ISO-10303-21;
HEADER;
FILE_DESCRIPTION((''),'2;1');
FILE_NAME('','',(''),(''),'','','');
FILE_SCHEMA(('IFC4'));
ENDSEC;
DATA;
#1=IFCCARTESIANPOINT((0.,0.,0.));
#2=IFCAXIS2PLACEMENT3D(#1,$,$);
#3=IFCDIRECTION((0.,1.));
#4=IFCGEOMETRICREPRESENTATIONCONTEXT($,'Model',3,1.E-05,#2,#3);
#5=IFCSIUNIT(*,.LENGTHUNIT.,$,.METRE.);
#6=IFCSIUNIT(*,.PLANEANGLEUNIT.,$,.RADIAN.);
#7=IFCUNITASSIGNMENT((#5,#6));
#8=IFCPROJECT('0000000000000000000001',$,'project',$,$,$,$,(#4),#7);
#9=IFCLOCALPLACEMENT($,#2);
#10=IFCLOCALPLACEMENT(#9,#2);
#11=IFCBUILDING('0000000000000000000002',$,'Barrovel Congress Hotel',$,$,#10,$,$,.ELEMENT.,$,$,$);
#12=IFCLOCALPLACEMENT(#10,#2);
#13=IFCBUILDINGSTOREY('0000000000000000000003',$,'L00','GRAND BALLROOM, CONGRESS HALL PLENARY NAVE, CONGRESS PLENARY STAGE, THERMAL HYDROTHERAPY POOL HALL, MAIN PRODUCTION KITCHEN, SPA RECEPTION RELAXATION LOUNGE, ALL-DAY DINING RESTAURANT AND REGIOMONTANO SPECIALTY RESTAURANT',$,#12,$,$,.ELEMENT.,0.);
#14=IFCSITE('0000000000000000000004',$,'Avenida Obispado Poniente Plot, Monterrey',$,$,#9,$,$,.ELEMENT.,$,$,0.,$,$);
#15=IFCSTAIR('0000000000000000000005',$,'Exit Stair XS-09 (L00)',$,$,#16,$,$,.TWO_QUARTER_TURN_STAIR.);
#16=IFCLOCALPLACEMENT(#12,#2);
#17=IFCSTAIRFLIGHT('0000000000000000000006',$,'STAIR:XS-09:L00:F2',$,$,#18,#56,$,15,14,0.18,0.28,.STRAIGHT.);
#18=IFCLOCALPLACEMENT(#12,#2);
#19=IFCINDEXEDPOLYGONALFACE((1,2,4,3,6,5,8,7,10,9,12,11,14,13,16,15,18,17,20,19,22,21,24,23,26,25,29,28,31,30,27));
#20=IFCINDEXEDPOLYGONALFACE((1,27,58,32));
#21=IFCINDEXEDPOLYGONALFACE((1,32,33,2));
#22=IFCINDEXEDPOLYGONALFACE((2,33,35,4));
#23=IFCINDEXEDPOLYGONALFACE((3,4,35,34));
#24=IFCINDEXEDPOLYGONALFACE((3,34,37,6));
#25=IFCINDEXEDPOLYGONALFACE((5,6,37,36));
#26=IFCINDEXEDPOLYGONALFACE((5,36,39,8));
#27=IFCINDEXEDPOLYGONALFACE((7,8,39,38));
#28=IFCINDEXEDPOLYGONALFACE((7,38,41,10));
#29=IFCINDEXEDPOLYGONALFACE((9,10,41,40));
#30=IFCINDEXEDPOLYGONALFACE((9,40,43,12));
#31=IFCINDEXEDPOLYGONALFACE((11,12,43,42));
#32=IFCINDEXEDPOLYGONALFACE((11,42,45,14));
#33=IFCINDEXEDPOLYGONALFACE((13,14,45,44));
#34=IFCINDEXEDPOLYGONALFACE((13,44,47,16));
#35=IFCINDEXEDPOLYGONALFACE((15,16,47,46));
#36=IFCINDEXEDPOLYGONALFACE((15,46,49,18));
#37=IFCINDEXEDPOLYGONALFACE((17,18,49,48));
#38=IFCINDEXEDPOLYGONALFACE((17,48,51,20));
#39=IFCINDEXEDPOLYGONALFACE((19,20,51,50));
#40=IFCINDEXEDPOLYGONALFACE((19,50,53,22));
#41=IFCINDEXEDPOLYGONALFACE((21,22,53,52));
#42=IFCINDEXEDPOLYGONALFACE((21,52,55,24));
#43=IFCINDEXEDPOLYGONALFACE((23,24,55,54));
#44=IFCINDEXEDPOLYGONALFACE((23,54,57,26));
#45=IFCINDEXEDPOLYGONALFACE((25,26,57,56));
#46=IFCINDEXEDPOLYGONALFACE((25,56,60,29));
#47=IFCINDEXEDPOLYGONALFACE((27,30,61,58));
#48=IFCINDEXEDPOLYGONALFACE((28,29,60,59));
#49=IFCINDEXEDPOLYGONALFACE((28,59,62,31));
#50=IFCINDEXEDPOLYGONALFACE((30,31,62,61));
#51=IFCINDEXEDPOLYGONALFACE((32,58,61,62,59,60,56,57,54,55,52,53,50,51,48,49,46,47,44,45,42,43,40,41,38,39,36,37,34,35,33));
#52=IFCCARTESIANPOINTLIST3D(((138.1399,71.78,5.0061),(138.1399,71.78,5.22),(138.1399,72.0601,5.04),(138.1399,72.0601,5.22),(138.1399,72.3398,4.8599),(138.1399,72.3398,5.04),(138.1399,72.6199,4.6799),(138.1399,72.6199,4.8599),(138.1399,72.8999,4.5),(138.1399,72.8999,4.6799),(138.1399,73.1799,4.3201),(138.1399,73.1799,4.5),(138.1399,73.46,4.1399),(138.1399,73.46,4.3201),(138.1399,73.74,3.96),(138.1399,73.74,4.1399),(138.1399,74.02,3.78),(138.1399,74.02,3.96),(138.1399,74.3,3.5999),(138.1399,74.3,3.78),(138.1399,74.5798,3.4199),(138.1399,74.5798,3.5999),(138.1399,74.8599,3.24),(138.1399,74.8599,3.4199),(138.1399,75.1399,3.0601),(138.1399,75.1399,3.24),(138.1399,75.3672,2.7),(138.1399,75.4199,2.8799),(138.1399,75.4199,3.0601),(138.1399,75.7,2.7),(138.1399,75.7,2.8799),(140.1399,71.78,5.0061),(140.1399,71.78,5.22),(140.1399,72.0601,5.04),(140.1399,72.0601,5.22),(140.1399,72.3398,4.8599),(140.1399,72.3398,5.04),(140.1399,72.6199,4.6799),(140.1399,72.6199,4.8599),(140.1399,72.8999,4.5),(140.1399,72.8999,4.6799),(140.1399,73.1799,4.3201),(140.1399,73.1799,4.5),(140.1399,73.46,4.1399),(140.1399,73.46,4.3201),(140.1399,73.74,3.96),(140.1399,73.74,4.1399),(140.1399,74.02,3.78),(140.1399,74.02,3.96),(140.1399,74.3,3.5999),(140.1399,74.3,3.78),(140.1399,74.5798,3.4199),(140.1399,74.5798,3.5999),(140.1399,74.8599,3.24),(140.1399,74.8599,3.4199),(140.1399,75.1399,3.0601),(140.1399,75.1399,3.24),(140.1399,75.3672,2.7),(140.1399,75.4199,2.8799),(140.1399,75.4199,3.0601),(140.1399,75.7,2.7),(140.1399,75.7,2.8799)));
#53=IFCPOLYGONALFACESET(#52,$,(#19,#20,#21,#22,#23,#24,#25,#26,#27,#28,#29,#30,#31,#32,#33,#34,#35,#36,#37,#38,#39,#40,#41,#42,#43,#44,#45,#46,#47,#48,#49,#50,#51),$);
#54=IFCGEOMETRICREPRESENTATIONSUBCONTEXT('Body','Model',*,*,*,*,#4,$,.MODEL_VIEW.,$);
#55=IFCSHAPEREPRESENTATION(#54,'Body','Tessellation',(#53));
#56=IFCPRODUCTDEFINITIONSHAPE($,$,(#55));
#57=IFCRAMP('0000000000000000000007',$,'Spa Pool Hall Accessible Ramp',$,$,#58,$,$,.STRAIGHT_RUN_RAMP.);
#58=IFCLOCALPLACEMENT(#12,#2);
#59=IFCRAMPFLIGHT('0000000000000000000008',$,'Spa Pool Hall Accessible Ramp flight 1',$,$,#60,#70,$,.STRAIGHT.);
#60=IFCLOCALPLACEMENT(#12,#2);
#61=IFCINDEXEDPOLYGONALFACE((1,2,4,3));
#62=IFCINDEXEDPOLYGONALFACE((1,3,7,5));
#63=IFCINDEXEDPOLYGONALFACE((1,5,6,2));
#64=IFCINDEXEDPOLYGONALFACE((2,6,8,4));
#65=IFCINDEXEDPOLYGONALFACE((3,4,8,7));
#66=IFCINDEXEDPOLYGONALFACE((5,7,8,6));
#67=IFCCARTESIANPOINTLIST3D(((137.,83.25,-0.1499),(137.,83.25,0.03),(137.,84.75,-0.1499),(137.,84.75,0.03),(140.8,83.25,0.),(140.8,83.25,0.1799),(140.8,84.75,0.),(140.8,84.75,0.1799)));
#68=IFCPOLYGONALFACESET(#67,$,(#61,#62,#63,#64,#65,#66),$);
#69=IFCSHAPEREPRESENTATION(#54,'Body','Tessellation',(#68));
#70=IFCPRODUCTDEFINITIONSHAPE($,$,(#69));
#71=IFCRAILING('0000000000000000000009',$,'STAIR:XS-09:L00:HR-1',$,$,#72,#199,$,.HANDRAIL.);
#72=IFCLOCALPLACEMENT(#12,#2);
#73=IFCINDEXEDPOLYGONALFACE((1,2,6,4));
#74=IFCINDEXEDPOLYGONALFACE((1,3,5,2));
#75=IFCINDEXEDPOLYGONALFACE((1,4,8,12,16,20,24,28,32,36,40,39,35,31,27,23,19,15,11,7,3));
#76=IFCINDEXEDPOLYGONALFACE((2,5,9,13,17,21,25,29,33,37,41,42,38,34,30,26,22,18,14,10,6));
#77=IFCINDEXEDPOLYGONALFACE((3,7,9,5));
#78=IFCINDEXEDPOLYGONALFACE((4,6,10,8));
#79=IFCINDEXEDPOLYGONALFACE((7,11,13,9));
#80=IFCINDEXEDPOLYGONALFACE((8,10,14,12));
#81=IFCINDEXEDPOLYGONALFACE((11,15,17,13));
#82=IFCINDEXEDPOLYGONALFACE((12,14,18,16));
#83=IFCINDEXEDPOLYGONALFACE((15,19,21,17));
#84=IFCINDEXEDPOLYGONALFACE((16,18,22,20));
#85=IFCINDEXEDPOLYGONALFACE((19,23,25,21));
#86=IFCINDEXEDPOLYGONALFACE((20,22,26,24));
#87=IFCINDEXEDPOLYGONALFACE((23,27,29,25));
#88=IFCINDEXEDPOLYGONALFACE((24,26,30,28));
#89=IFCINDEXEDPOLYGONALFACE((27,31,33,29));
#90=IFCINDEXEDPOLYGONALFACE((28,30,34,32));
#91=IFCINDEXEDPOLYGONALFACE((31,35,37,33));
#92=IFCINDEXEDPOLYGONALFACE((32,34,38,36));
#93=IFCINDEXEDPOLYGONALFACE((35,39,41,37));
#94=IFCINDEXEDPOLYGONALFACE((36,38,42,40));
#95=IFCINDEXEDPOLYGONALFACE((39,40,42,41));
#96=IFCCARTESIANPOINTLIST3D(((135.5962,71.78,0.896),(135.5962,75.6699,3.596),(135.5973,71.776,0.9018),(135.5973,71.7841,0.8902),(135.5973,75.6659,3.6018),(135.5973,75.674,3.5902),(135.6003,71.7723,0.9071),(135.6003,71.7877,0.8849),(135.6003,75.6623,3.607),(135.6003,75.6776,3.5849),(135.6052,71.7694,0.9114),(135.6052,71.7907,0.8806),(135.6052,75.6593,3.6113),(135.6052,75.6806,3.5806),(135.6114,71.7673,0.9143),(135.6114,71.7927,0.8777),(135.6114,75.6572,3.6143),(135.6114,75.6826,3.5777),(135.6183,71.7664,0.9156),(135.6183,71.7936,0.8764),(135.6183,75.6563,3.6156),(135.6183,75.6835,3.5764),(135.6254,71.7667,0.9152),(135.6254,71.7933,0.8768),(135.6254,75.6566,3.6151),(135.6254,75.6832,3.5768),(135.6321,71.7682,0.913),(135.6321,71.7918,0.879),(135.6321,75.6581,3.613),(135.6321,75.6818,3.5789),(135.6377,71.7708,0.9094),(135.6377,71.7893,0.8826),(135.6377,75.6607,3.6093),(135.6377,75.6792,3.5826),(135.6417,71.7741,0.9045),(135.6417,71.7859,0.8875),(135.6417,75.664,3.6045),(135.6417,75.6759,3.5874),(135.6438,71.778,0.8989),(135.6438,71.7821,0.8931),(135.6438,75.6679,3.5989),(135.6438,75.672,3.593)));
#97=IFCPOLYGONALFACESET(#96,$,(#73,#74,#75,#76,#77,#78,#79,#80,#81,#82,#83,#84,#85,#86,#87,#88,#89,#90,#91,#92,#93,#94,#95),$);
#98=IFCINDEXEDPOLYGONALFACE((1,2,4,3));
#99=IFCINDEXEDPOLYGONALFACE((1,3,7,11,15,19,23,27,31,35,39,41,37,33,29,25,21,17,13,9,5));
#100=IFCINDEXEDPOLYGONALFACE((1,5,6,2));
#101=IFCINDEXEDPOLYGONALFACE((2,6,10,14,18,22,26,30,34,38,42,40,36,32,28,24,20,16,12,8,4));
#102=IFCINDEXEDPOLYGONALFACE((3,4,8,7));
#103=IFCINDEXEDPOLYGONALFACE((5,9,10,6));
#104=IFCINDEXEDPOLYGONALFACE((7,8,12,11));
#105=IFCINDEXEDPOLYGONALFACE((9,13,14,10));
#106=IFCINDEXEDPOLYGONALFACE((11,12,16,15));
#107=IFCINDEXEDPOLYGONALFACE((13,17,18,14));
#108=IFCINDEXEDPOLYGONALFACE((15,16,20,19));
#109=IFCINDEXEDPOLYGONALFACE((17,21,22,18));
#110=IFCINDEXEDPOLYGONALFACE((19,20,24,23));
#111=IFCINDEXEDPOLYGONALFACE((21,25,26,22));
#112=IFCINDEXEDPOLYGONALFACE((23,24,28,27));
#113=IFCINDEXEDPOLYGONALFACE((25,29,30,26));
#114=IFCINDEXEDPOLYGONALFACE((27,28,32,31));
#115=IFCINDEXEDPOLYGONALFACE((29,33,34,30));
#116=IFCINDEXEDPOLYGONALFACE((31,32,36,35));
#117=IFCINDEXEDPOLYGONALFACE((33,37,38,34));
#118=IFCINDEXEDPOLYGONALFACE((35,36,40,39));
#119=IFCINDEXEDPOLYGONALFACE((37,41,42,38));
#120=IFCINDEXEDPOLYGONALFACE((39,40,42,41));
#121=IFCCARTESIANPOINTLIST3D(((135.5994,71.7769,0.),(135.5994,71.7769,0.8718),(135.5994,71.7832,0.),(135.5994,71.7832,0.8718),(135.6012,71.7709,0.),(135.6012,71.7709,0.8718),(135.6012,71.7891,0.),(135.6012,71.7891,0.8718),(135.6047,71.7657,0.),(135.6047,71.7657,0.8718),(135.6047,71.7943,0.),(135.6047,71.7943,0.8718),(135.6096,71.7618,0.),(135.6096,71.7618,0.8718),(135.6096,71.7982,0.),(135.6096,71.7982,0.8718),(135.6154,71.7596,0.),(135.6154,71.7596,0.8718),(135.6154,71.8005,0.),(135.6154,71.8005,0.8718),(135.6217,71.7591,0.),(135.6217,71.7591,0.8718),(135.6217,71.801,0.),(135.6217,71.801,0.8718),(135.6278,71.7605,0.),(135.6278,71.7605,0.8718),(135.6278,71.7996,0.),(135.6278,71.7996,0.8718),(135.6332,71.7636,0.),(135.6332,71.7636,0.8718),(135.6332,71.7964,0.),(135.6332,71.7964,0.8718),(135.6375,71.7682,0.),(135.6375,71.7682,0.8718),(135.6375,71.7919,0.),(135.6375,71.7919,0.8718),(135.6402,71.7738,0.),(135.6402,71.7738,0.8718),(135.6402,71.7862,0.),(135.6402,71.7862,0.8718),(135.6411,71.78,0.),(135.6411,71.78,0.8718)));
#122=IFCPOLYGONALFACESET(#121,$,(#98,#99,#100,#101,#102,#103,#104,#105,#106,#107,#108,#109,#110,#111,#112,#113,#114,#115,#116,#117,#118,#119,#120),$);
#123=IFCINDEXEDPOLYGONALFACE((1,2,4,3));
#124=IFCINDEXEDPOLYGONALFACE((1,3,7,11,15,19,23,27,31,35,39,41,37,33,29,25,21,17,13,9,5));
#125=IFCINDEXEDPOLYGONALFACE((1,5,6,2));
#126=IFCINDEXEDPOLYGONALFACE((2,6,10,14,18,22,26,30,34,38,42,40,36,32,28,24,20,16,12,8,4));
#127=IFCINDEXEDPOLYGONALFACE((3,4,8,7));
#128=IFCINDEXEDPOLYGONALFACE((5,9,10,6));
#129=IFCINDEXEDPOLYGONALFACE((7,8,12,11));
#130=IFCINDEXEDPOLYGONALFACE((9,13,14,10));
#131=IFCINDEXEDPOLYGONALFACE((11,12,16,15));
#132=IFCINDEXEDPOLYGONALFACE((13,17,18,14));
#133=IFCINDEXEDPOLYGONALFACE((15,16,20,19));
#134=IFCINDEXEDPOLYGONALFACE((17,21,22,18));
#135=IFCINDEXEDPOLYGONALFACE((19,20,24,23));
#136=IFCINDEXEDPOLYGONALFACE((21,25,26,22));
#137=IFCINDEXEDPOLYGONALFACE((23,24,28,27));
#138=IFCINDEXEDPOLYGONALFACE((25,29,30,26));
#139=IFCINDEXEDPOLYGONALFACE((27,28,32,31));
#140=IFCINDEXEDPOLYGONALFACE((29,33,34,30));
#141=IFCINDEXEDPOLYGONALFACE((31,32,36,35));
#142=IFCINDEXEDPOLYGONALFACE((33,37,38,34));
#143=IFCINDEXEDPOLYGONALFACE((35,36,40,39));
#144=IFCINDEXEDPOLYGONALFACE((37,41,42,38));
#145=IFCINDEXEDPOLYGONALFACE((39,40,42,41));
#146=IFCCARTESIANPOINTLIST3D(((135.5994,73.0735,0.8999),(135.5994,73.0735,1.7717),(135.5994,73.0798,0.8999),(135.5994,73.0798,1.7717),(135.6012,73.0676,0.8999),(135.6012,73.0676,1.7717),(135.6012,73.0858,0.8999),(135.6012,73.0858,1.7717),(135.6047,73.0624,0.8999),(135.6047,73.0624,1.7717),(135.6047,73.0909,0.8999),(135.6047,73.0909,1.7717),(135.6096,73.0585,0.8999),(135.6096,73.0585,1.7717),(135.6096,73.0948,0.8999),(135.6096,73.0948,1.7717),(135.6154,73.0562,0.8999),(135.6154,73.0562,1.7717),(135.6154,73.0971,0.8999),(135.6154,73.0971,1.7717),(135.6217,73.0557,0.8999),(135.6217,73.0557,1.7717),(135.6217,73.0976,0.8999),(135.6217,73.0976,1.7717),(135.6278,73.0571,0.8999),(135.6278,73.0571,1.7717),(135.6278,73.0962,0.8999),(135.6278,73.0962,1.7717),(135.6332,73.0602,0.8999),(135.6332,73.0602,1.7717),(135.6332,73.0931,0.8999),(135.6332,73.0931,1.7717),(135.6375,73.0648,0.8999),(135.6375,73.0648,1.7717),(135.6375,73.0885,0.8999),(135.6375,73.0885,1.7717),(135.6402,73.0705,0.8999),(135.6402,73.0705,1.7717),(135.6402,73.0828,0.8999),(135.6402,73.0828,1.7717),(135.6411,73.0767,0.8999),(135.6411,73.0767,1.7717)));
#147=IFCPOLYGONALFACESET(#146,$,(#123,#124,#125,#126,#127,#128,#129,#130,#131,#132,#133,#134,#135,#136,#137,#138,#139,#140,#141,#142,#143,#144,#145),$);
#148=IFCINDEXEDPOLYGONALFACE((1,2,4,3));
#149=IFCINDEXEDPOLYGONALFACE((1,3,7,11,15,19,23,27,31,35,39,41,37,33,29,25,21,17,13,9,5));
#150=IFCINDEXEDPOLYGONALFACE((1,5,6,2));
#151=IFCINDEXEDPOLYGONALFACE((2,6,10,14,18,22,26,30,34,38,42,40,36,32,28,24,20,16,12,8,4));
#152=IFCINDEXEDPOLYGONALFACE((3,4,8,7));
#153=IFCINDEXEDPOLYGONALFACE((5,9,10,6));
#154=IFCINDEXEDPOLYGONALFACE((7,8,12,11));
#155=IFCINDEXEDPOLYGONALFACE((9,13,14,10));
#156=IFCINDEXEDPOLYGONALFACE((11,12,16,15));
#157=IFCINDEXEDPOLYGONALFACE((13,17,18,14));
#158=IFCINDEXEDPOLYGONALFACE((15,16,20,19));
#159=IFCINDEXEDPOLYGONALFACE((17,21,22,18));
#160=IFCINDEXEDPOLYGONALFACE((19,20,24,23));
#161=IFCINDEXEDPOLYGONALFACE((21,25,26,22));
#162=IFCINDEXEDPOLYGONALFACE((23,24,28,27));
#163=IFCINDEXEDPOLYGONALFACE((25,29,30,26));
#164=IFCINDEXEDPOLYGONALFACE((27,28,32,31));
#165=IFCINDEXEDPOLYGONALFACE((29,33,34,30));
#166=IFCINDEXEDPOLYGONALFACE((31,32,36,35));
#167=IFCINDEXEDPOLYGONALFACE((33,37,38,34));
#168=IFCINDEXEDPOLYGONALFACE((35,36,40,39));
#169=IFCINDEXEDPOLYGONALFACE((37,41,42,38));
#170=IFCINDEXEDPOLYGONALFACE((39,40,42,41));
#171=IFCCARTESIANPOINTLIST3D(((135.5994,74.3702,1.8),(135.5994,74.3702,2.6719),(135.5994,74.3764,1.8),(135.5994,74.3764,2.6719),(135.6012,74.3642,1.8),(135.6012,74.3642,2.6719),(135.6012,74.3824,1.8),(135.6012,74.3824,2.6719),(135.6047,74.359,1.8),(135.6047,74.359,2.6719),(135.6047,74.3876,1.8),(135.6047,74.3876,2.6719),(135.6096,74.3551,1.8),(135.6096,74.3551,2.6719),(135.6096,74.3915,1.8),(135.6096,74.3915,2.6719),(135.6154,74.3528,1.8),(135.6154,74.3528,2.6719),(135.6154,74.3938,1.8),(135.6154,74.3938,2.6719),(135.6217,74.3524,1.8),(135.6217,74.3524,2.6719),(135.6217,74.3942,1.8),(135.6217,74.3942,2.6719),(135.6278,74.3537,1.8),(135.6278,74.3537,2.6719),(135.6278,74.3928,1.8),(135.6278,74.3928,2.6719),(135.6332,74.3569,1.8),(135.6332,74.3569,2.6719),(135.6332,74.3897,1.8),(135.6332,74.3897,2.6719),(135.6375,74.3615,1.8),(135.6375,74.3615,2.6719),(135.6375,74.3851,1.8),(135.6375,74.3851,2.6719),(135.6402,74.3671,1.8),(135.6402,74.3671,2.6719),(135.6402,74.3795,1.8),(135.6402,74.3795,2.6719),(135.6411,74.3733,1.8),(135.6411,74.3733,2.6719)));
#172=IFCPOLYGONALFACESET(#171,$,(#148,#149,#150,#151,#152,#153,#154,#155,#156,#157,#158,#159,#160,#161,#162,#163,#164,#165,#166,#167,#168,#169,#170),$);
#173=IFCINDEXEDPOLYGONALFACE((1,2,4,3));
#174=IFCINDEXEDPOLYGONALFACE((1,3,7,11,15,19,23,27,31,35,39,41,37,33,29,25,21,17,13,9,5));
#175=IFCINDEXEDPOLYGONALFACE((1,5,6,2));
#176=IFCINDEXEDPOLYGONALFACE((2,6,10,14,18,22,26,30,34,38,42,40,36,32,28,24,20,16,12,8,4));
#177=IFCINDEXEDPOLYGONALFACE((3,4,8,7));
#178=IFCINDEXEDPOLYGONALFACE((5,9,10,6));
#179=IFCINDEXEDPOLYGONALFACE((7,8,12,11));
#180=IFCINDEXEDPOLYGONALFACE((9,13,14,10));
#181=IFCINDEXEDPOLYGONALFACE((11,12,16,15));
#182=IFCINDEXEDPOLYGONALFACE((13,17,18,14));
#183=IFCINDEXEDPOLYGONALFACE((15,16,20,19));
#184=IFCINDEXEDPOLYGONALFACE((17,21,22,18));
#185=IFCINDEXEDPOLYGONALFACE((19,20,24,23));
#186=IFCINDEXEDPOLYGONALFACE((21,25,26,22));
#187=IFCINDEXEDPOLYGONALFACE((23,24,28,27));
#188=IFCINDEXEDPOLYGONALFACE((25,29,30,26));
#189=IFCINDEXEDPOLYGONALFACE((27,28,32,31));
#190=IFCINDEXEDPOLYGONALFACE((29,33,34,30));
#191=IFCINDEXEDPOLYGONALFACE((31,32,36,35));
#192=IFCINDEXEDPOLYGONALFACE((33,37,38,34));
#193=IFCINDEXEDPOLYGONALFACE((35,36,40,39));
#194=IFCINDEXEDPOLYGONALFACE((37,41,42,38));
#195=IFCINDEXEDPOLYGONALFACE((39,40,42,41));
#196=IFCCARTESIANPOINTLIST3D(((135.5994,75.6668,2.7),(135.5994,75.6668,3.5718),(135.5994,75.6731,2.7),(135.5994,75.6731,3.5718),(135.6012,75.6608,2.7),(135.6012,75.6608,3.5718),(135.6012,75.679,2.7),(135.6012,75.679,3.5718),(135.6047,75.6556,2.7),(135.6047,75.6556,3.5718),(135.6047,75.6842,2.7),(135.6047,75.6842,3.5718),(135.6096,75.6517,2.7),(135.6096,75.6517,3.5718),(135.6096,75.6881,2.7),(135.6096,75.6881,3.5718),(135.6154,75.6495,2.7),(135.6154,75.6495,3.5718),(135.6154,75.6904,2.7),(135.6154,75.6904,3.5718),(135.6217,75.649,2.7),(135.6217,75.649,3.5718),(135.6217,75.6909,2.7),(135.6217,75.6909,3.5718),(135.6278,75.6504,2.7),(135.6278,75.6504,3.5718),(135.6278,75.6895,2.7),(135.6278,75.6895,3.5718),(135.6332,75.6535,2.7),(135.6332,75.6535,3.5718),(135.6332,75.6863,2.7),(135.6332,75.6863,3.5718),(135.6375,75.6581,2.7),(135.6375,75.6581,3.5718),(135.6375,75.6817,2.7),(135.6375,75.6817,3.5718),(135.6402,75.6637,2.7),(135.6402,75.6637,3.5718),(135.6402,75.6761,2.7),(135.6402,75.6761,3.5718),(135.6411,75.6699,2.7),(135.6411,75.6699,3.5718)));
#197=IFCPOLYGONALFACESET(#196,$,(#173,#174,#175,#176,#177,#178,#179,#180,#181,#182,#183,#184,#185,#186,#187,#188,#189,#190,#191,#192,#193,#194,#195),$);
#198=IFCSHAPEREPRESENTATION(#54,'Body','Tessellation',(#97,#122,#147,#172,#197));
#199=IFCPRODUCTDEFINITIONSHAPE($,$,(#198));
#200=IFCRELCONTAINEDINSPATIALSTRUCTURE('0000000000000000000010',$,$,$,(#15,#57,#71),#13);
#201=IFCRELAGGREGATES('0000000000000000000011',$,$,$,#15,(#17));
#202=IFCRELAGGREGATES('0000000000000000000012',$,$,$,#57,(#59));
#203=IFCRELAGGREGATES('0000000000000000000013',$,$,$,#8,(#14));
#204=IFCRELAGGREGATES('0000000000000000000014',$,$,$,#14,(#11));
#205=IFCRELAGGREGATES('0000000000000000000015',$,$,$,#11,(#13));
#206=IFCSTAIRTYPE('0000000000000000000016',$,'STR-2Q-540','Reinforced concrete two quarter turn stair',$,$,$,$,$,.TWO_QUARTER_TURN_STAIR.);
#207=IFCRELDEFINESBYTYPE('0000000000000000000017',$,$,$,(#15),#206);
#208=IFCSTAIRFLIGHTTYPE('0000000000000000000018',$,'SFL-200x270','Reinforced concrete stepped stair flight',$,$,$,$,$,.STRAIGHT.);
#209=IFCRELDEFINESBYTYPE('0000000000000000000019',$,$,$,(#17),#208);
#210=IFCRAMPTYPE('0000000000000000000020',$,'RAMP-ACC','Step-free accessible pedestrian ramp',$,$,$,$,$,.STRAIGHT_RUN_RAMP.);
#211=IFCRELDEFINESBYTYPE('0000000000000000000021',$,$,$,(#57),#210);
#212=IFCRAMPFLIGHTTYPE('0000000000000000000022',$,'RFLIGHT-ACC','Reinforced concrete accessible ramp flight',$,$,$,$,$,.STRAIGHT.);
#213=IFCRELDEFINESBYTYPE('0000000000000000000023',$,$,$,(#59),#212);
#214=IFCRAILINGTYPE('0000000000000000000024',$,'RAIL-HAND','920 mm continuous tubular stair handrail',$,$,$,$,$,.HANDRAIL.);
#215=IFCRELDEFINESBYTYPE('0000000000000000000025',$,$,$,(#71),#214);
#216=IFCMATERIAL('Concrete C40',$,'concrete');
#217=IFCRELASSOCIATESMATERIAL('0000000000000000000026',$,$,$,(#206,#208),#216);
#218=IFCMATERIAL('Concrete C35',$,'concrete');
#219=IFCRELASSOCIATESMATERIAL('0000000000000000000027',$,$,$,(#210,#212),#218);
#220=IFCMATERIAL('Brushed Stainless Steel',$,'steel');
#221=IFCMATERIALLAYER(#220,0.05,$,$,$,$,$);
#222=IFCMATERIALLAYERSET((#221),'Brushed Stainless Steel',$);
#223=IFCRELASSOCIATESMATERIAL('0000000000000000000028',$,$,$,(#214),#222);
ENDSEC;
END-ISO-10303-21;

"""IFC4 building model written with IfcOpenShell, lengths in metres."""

from ifc_helpers import new_model, si_unit, direction, frame, origin, origin_2d, place, context, subcontext, project, spatial, polyline, circle, outline, extrude, material, layer, layer_set, type_object, element, aggregate, save


model = new_model("IFC4")

# Units and contexts
model_context = context("Model", 3, precision=1e-05, world=origin(), true_north=direction((0.0, 1.0)))
body_context = subcontext(model_context, "Body", "Model", "MODEL_VIEW")
ifc_project = project(units=[si_unit("LENGTHUNIT", "METRE"), si_unit("PLANEANGLEUNIT", "RADIAN")], contexts=[model_context])

# Site, building, storey
site_placement = place(None, origin())
site = spatial("IfcSite", under=ifc_project, at=site_placement, Name="Avenida Obispado Poniente Plot, Monterrey", CompositionType="ELEMENT", RefElevation=0.0)
building_placement = place(site_placement, origin())
building = spatial("IfcBuilding", under=site, at=building_placement, Name="Barrovel Congress Hotel", CompositionType="ELEMENT")
storey_placement = place(building_placement, origin())
storey = spatial("IfcBuildingStorey", under=building, at=storey_placement, Name="L00", Description="GRAND BALLROOM, CONGRESS HALL PLENARY NAVE, CONGRESS PLENARY STAGE, THERMAL HYDROTHERAPY POOL HALL, MAIN PRODUCTION KITCHEN, SPA RECEPTION RELAXATION LOUNGE, ALL-DAY DINING RESTAURANT AND REGIOMONTANO SPECIALTY RESTAURANT", CompositionType="ELEMENT", Elevation=0.0)

# Shared definitions
ifc_material_1 = material(Name="Concrete C40", Category="concrete")

# Shared definitions
ifc_material_2 = material(Name="Concrete C35", Category="concrete")

# Stair, stair flight
stair_type = type_object("IfcStairType", Name="STR-2Q-540", Description="Reinforced concrete two quarter turn stair", PredefinedType="TWO_QUARTER_TURN_STAIR", material=ifc_material_1)
stair_placement = place(storey_placement, origin())
stair = element("IfcStair", 1, at=stair_placement, inside=storey, type_object=stair_type, Name="Exit Stair XS-09 (L00)", PredefinedType="TWO_QUARTER_TURN_STAIR")
stair_flight_type = type_object("IfcStairFlightType", Name="SFL-200x270", Description="Reinforced concrete stepped stair flight", PredefinedType="STRAIGHT", material=ifc_material_1)
stair_flight_1_placement = place(storey_placement, frame((139.1399, 75.7, 2.7), z_axis=(0.0, 0.0, 1.0), x_axis=(0.0, -1.0, 0.0)))
stair_flight_1 = element("IfcStairFlight", 2, at=stair_flight_1_placement, type_object=stair_flight_type, Name="STAIR:XS-09:L00:F2", NumberOfRisers=15, NumberOfTreads=14, PredefinedType="STRAIGHT", RiserHeight=0.18, TreadLength=0.28, context=body_context, shape_type="SweptSolid", body=[
    extrude(outline(polyline([(0.0, 0.0), (0.0, 0.1799), (0.28, 0.1799), (0.28, 0.3601), (0.5601, 0.3601), (0.5601, 0.54), (0.8401, 0.54), (0.8401, 0.72), (1.1201, 0.72), (1.1201, 0.8999), (1.3999, 0.8999), (1.3999, 1.0801), (1.6799, 1.0801), (1.6799, 1.26), (1.96, 1.26), (1.96, 1.4399), (2.24, 1.4399), (2.24, 1.6201), (2.52, 1.6201), (2.52, 1.8), (2.8, 1.8), (2.8, 1.98), (3.0801, 1.98), (3.0801, 2.1599), (3.3601, 2.1599), (3.3601, 2.3401), (3.6399, 2.3401), (3.6399, 2.52), (3.9199, 2.52), (3.9199, 2.7), (3.9199, 2.3062), (0.3328, 0.0), (0.0, 0.0)])), frame((0.0, 1.0, 0.0), z_axis=(0.0, -1.0, 0.0), x_axis=(1.0, 0.0, 0.0)), (0.0, 0.0, 1.0), 2.0),
])
aggregate(stair, [stair_flight_1])

# Ramp, ramp flight
ramp_type = type_object("IfcRampType", Name="RAMP-ACC", Description="Step-free accessible pedestrian ramp", PredefinedType="STRAIGHT_RUN_RAMP", material=ifc_material_2)
ramp_placement = place(storey_placement, origin())
ramp = element("IfcRamp", 3, at=ramp_placement, inside=storey, type_object=ramp_type, Name="Spa Pool Hall Accessible Ramp", PredefinedType="STRAIGHT_RUN_RAMP")
ramp_flight_type = type_object("IfcRampFlightType", Name="RFLIGHT-ACC", Description="Reinforced concrete accessible ramp flight", PredefinedType="STRAIGHT", material=ifc_material_2)
ramp_flight_placement = place(storey_placement, frame((137.0, 84.0, -0.1499), z_axis=(0.0, 0.0, 1.0), x_axis=(1.0, 0.0, 0.0)))
ramp_flight = element("IfcRampFlight", 4, at=ramp_flight_placement, type_object=ramp_flight_type, Name="Spa Pool Hall Accessible Ramp flight 1", PredefinedType="STRAIGHT", context=body_context, shape_type="SweptSolid", body=[
    extrude(outline(polyline([(0.0, 0.0), (0.0, 0.1799), (3.8, 0.3298), (3.8, 0.1499), (0.0, 0.0)])), frame((0.0, 0.75, 0.0), z_axis=(0.0, -1.0, 0.0), x_axis=(1.0, 0.0, 0.0)), (0.0, 0.0, 1.0), 1.5),
])
aggregate(ramp, [ramp_flight])

# Railing
ifc_material_3 = material(Name="Brushed Stainless Steel", Category="steel")
ifc_layer_1 = layer(ifc_material_3, 0.05)
ifc_layer_set_1 = layer_set([ifc_layer_1], Name="Brushed Stainless Steel")
railing_type_1 = type_object("IfcRailingType", Name="RAIL-HAND", Description="920 mm continuous tubular stair handrail", PredefinedType="HANDRAIL", material=ifc_layer_set_1)
railing_1_placement = place(storey_placement, frame((135.6201, 71.78, 0.0)))
element("IfcRailing", 5, at=railing_1_placement, inside=storey, type_object=railing_type_1, Name="STAIR:XS-09:L00:HR-1", PredefinedType="HANDRAIL", context=body_context, shape_type="SweptSolid", body=[
    extrude(circle(Radius=0.0239, at=origin_2d()), frame((0.0, 0.0, 0.896), z_axis=(0.0, 0.821505, 0.570202), x_axis=(-1.0, 0.0, 0.0)), (0.0, 0.0, 1.0), 4.7351),
    extrude(circle(Radius=0.021, at=origin_2d()), origin(), (0.0, 0.0, 1.0), 0.8718),
    extrude(circle(Radius=0.021, at=origin_2d()), frame((0.0, 1.2966, 0.8999)), (0.0, 0.0, 1.0), 0.8718),
    extrude(circle(Radius=0.021, at=origin_2d()), frame((0.0, 2.5933, 1.8)), (0.0, 0.0, 1.0), 0.8718),
    extrude(circle(Radius=0.021, at=origin_2d()), frame((0.0, 3.8899, 2.7)), (0.0, 0.0, 1.0), 0.8718),
])

save(model, "model.ifc")
